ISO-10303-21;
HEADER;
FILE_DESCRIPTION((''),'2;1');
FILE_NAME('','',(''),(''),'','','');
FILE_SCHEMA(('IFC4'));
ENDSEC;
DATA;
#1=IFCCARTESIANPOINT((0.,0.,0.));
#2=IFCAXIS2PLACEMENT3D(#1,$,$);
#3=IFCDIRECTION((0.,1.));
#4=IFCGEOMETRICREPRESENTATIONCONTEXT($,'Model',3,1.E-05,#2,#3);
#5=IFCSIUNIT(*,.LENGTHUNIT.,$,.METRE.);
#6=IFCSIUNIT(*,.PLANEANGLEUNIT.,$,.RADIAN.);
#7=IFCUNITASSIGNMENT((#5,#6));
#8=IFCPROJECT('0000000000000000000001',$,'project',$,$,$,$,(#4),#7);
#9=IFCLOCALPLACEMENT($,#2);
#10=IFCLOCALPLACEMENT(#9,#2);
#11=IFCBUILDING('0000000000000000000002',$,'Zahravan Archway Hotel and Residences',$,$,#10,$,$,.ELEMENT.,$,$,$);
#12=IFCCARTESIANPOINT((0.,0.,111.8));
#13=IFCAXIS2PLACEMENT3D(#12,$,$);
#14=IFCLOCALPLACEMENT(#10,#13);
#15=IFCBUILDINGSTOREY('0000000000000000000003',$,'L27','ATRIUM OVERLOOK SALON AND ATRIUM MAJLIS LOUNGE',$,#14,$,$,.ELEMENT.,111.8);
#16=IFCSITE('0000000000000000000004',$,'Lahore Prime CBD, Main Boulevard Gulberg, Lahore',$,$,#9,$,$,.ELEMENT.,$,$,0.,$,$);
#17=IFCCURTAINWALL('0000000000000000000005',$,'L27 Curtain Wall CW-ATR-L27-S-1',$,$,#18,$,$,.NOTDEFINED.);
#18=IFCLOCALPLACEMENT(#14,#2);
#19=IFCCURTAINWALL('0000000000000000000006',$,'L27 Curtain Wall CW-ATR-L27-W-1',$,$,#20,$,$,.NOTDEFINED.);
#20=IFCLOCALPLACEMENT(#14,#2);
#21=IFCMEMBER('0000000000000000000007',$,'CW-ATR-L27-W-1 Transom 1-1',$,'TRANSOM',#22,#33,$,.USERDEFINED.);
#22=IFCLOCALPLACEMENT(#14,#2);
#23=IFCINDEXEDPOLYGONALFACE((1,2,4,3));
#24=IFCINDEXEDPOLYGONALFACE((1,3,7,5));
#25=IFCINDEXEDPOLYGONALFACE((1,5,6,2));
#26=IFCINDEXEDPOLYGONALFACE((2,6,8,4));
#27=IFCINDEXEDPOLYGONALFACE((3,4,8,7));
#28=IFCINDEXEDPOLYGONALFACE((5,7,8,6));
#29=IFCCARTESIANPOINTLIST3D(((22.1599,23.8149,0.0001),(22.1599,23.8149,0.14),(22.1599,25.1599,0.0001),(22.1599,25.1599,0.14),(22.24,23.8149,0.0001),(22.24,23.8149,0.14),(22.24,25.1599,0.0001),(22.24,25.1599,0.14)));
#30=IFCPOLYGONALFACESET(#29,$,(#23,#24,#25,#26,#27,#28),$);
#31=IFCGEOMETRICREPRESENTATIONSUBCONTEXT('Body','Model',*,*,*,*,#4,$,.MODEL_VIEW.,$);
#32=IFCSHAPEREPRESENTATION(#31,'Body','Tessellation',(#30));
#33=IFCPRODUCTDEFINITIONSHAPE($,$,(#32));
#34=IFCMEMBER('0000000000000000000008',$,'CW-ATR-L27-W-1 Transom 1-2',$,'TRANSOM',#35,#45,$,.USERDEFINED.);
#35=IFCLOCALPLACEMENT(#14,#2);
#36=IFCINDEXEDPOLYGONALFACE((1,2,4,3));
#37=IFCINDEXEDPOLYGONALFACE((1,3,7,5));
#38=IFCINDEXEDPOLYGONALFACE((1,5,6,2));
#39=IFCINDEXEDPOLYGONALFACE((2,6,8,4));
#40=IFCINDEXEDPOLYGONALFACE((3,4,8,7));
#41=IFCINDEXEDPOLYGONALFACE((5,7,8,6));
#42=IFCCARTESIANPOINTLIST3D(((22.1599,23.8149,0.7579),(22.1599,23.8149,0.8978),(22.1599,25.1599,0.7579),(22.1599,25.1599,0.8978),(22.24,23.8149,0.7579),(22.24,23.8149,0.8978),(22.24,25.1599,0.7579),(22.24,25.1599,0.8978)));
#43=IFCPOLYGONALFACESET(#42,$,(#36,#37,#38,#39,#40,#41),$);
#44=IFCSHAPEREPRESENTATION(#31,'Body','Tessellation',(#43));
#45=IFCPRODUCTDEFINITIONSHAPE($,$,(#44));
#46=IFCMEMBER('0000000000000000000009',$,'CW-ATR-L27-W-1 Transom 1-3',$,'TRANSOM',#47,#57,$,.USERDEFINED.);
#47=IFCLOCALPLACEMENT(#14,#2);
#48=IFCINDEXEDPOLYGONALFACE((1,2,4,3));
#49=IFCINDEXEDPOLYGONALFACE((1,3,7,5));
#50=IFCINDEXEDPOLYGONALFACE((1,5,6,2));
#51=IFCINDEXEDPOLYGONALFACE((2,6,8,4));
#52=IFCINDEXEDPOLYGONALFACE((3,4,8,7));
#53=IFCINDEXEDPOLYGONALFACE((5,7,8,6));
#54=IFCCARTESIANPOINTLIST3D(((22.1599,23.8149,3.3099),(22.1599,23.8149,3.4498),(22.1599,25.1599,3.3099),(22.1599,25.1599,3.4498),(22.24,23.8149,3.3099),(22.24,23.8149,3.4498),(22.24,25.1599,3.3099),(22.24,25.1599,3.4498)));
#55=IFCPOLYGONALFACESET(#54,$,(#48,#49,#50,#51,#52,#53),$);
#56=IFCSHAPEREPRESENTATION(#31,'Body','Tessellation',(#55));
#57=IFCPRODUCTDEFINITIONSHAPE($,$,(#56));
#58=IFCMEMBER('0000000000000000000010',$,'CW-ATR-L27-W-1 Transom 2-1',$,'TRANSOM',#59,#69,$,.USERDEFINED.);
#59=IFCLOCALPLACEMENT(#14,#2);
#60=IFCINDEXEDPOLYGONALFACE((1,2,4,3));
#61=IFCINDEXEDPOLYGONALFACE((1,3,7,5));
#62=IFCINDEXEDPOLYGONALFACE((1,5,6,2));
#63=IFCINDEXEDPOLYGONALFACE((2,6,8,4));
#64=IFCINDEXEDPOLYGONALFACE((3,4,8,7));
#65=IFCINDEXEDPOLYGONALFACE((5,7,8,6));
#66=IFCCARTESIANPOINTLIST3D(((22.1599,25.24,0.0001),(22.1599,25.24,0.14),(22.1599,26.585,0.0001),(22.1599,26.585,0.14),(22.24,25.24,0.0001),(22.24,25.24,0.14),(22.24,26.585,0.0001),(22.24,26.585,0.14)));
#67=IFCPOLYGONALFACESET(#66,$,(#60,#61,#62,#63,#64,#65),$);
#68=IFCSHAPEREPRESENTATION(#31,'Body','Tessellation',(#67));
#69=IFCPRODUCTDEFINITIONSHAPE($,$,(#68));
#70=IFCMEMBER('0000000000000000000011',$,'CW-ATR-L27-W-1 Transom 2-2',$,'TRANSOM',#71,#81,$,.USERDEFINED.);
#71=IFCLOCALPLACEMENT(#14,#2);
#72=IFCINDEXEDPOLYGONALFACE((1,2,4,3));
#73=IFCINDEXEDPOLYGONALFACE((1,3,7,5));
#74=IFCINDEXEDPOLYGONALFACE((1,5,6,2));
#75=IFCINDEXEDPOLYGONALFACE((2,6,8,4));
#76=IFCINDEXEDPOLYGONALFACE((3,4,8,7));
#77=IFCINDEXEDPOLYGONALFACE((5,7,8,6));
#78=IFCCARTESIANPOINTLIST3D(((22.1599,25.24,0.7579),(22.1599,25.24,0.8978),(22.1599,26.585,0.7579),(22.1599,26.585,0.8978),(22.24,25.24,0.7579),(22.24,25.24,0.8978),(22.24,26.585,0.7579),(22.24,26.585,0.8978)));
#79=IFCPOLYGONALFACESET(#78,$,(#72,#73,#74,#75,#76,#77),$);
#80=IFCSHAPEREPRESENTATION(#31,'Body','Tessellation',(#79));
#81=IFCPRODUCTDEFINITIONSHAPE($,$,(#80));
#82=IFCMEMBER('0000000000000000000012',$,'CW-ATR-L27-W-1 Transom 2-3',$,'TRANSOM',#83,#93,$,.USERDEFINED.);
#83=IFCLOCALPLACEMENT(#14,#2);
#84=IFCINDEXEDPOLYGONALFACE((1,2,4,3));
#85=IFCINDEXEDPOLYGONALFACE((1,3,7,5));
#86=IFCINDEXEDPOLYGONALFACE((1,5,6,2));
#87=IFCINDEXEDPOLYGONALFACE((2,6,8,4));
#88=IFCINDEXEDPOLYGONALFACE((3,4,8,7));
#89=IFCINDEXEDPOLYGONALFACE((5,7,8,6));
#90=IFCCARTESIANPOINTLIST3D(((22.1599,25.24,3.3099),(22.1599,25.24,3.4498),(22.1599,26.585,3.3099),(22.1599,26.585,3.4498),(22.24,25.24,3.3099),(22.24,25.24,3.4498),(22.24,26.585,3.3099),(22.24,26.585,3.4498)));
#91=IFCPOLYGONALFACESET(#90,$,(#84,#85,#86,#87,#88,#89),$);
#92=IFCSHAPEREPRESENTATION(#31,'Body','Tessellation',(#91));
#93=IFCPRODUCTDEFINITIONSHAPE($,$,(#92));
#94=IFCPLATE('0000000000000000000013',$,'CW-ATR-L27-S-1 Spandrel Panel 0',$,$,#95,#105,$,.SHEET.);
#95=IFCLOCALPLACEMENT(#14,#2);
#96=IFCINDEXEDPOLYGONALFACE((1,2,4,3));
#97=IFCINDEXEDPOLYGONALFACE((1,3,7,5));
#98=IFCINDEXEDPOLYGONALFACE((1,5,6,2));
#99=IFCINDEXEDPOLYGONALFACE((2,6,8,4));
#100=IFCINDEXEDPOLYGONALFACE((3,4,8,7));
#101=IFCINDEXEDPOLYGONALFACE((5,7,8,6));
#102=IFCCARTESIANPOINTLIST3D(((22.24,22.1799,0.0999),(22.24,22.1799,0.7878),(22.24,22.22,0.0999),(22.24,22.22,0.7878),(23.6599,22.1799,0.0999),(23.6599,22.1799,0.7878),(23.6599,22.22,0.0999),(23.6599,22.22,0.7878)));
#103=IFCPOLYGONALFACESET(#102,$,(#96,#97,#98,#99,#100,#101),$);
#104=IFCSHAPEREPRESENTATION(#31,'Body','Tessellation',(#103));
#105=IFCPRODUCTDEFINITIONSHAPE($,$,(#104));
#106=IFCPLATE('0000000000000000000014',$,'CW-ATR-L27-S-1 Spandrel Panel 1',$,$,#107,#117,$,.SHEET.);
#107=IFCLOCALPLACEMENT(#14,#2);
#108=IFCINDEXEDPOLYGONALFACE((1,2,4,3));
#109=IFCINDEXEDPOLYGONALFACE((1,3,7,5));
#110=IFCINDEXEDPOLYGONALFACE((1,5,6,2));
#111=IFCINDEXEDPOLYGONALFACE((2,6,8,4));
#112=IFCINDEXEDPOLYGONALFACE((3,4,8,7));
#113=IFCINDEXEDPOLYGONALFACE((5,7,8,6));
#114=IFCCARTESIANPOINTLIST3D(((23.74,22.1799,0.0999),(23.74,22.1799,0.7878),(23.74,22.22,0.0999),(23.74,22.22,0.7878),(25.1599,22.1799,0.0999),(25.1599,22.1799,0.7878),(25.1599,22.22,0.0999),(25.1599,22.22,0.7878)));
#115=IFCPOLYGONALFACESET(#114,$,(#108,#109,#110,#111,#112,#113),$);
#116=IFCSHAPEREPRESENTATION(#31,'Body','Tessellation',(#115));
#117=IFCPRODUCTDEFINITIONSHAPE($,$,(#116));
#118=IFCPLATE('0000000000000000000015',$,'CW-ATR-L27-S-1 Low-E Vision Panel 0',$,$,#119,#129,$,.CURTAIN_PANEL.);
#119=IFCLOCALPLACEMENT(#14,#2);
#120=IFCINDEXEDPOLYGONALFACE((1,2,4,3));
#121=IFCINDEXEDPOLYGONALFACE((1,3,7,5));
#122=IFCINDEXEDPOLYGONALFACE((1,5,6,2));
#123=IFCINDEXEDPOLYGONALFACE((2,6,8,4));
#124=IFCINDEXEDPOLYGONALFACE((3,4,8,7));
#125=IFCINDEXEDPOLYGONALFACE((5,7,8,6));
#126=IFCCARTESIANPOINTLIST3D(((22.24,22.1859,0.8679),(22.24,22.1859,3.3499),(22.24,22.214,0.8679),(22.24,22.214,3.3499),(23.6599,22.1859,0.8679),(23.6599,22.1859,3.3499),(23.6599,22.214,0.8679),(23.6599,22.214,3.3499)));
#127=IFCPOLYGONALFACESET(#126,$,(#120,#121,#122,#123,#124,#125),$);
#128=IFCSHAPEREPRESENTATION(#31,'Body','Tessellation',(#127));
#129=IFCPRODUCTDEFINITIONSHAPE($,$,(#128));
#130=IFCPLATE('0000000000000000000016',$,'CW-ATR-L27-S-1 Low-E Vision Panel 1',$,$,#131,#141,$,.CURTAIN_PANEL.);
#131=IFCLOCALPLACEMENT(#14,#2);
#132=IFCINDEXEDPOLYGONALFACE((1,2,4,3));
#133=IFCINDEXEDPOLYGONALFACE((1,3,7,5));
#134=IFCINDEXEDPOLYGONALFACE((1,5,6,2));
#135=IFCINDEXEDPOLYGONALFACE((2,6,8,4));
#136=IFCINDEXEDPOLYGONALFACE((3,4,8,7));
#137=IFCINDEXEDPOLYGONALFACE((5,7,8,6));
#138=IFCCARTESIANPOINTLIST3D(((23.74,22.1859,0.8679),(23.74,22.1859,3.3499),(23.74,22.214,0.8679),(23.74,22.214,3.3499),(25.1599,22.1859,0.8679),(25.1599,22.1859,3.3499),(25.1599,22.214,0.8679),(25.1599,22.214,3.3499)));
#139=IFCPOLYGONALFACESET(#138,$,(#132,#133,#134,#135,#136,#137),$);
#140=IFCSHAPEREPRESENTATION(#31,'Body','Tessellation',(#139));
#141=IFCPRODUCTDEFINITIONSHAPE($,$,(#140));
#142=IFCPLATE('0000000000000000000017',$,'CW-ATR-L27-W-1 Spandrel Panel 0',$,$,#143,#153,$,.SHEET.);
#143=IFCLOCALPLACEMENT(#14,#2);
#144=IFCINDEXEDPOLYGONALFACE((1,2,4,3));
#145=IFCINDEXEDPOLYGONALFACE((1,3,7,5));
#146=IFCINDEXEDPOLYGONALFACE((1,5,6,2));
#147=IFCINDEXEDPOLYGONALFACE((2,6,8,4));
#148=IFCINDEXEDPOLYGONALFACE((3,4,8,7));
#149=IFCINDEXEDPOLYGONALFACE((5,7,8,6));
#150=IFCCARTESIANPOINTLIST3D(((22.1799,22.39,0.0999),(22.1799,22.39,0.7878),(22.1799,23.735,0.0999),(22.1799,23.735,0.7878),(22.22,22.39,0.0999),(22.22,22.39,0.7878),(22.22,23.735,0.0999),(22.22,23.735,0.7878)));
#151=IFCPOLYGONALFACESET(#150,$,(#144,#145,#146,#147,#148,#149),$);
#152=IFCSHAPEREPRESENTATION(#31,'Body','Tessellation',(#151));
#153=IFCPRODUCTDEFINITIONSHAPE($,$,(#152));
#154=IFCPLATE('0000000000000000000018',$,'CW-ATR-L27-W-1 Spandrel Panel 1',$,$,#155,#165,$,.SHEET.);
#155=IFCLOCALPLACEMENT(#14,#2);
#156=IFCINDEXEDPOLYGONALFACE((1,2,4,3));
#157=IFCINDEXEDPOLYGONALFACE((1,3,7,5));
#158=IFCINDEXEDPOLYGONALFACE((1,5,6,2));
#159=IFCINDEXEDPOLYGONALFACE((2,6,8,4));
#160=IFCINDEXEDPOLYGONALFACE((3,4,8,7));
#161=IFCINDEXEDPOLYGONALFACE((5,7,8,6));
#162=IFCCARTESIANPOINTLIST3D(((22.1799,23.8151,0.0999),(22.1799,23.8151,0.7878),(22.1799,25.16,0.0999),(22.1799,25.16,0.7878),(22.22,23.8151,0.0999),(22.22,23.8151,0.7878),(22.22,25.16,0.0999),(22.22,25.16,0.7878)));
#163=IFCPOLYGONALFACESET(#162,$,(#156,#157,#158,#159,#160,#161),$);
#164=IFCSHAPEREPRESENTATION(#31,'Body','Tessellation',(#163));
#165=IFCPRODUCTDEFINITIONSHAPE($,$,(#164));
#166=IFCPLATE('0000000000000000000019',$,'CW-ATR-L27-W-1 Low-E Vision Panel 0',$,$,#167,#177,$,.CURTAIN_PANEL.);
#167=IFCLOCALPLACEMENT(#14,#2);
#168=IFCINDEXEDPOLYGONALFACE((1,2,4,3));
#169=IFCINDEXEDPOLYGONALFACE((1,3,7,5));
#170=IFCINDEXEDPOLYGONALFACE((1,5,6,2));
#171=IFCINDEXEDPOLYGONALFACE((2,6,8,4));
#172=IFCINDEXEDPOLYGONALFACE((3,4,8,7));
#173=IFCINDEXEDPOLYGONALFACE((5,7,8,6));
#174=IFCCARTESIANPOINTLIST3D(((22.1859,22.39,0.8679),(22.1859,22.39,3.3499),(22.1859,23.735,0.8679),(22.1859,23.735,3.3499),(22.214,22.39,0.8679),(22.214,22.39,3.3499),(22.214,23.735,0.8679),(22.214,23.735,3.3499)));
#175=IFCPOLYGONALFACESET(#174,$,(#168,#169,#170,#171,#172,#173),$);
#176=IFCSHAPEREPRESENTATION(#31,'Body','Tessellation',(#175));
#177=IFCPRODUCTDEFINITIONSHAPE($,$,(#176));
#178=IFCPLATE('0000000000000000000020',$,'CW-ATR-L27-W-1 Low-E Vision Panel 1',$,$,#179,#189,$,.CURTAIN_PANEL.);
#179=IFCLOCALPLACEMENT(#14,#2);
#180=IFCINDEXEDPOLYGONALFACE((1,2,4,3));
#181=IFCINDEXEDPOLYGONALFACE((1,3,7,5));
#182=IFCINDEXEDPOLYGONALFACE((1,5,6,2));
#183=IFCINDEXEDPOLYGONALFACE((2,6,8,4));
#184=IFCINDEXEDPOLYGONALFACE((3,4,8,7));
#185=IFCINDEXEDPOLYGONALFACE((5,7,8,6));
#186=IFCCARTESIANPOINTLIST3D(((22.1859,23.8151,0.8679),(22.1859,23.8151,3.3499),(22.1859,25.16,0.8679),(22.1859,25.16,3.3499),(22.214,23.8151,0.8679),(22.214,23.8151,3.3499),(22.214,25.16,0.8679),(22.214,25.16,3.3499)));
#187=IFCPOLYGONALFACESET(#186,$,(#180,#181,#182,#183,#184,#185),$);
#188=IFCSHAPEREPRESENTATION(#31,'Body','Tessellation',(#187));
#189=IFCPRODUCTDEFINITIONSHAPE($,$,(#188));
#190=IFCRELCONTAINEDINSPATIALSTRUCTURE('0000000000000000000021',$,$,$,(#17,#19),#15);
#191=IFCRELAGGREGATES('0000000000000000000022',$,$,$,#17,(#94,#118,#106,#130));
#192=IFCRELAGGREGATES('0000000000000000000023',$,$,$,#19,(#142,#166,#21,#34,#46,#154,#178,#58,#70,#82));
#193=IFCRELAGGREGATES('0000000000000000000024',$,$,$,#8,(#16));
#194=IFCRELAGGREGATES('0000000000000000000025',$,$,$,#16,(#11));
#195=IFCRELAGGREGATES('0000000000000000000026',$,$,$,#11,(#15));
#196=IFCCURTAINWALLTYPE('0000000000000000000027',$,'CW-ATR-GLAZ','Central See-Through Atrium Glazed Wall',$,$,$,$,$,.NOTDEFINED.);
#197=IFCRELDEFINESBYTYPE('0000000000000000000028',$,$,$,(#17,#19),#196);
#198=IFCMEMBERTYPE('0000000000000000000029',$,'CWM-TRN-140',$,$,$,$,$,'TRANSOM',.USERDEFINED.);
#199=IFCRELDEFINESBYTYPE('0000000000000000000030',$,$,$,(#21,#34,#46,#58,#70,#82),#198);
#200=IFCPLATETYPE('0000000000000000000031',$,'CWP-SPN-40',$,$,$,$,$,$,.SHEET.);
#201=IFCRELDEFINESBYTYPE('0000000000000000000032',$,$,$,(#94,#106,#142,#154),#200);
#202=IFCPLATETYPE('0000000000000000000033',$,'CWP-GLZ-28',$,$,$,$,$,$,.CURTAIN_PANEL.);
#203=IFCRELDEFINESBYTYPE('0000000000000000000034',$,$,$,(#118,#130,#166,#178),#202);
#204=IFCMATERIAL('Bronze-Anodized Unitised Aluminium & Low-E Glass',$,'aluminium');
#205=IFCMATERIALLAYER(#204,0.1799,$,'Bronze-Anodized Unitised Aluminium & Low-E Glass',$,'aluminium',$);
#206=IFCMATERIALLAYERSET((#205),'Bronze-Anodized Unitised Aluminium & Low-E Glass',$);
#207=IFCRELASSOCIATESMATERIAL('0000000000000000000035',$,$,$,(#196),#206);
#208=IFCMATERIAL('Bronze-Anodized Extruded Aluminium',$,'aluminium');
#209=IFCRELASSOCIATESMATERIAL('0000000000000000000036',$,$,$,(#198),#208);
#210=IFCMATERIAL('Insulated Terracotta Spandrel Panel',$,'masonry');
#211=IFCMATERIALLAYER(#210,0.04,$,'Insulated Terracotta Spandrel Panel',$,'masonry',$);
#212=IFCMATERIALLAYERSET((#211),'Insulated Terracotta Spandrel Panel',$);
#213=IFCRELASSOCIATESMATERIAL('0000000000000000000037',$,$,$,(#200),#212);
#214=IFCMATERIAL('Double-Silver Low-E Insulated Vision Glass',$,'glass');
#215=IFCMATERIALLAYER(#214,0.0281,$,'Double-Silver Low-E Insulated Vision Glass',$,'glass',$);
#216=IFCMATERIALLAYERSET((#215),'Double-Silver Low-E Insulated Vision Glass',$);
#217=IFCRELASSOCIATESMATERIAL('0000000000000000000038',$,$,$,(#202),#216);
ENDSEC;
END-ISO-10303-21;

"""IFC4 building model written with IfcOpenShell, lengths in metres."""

from ifc_helpers import new_model, si_unit, direction, frame, origin, origin_2d, place, context, subcontext, project, spatial, rectangle, extrude, source, transform, mapped, material, layer, layer_set, material_profile, profile_set, type_object, element, aggregate, save


model = new_model("IFC4")

# Units and contexts
model_context = context("Model", 3, precision=1e-05, world=origin(), true_north=direction((0.0, 1.0)))
body_context = subcontext(model_context, "Body", "Model", "MODEL_VIEW")
ifc_project = project(units=[si_unit("LENGTHUNIT", "METRE"), si_unit("PLANEANGLEUNIT", "RADIAN")], contexts=[model_context])

# Site, building, storey
site_placement = place(None, origin())
site = spatial("IfcSite", under=ifc_project, at=site_placement, Name="Lahore Prime CBD, Main Boulevard Gulberg, Lahore", CompositionType="ELEMENT", RefElevation=0.0)
building_placement = place(site_placement, origin())
building = spatial("IfcBuilding", under=site, at=building_placement, Name="Zahravan Archway Hotel and Residences", CompositionType="ELEMENT")
storey_placement = place(building_placement, frame((0.0, 0.0, 111.8)))
storey = spatial("IfcBuildingStorey", under=building, at=storey_placement, Name="L27", Description="ATRIUM OVERLOOK SALON AND ATRIUM MAJLIS LOUNGE", CompositionType="ELEMENT", Elevation=111.8)

# Curtain walls
ifc_material_1 = material(Name="Bronze-Anodized Unitised Aluminium & Low-E Glass", Category="aluminium")
ifc_layer_1 = layer(ifc_material_1, 0.1799, Name="Bronze-Anodized Unitised Aluminium & Low-E Glass", Category="aluminium")
ifc_layer_set_1 = layer_set([ifc_layer_1], Name="Bronze-Anodized Unitised Aluminium & Low-E Glass")
curtain_wall_type = type_object("IfcCurtainWallType", Name="CW-ATR-GLAZ", Description="Central See-Through Atrium Glazed Wall", PredefinedType="NOTDEFINED", material=ifc_layer_set_1)
curtain_wall_1_placement = place(storey_placement, origin())
curtain_wall_1 = element("IfcCurtainWall", 1, at=curtain_wall_1_placement, inside=storey, type_object=curtain_wall_type, Name="L27 Curtain Wall CW-ATR-L27-S-1", PredefinedType="NOTDEFINED")
ifc_material_2 = material(Name="Bronze-Anodized Extruded Aluminium", Category="aluminium")
curtain_wall_2_placement = place(storey_placement, origin())
curtain_wall_2 = element("IfcCurtainWall", 2, at=curtain_wall_2_placement, inside=storey, type_object=curtain_wall_type, Name="L27 Curtain Wall CW-ATR-L27-W-1", PredefinedType="NOTDEFINED")

# Members
ifc_material_profile_1 = material_profile(ifc_material_2, rectangle(XDim=0.0801, YDim=0.1399, at=origin_2d()), Name="TRN 80x140", Category="aluminium")
ifc_profile_set_1 = profile_set([ifc_material_profile_1], Name="Bronze-Anodized Extruded Aluminium")
member_type_1 = type_object("IfcMemberType", Name="CWM-TRN-140", ElementType="TRANSOM", PredefinedType="USERDEFINED", material=ifc_profile_set_1)
shared_shape_1 = source(origin(), body_context, "Body", "SweptSolid", [
    extrude(rectangle(XDim=0.0801, YDim=0.1399, at=origin_2d()), origin(), (0.0, 0.0, 1.0), 1.345),
])
member_1_placement = place(storey_placement, frame((22.2, 23.8149, 0.0701), z_axis=(0.0, 1.0, 0.0), x_axis=(-1.0, 0.0, 0.0)))
member_1 = element("IfcMember", 3, at=member_1_placement, type_object=member_type_1, Name="CW-ATR-L27-W-1 Transom 1-1", ObjectType="TRANSOM", PredefinedType="USERDEFINED", context=body_context, shape_type="MappedRepresentation", body=[
    mapped(shared_shape_1, transform((0.0, 0.0, 0.0), scale=1.0)),
])
member_2_placement = place(storey_placement, frame((22.2, 23.8149, 0.8279), z_axis=(0.0, 1.0, 0.0), x_axis=(-1.0, 0.0, 0.0)))
member_2 = element("IfcMember", 4, at=member_2_placement, type_object=member_type_1, Name="CW-ATR-L27-W-1 Transom 1-2", ObjectType="TRANSOM", PredefinedType="USERDEFINED", context=body_context, shape_type="MappedRepresentation", body=[
    mapped(shared_shape_1, transform((0.0, 0.0, 0.0), scale=1.0)),
])
member_3_placement = place(storey_placement, frame((22.2, 23.8149, 3.3799), z_axis=(0.0, 1.0, 0.0), x_axis=(-1.0, 0.0, 0.0)))
member_3 = element("IfcMember", 5, at=member_3_placement, type_object=member_type_1, Name="CW-ATR-L27-W-1 Transom 1-3", ObjectType="TRANSOM", PredefinedType="USERDEFINED", context=body_context, shape_type="MappedRepresentation", body=[
    mapped(shared_shape_1, transform((0.0, 0.0, 0.0), scale=1.0)),
])
member_4_placement = place(storey_placement, frame((22.2, 25.24, 0.0701), z_axis=(0.0, 1.0, 0.0), x_axis=(-1.0, 0.0, 0.0)))
member_4 = element("IfcMember", 6, at=member_4_placement, type_object=member_type_1, Name="CW-ATR-L27-W-1 Transom 2-1", ObjectType="TRANSOM", PredefinedType="USERDEFINED", context=body_context, shape_type="MappedRepresentation", body=[
    mapped(shared_shape_1, transform((0.0, 0.0, 0.0), scale=1.0)),
])
member_5_placement = place(storey_placement, frame((22.2, 25.24, 0.8279), z_axis=(0.0, 1.0, 0.0), x_axis=(-1.0, 0.0, 0.0)))
member_5 = element("IfcMember", 7, at=member_5_placement, type_object=member_type_1, Name="CW-ATR-L27-W-1 Transom 2-2", ObjectType="TRANSOM", PredefinedType="USERDEFINED", context=body_context, shape_type="MappedRepresentation", body=[
    mapped(shared_shape_1, transform((0.0, 0.0, 0.0), scale=1.0)),
])
member_6_placement = place(storey_placement, frame((22.2, 25.24, 3.3799), z_axis=(0.0, 1.0, 0.0), x_axis=(-1.0, 0.0, 0.0)))
member_6 = element("IfcMember", 8, at=member_6_placement, type_object=member_type_1, Name="CW-ATR-L27-W-1 Transom 2-3", ObjectType="TRANSOM", PredefinedType="USERDEFINED", context=body_context, shape_type="MappedRepresentation", body=[
    mapped(shared_shape_1, transform((0.0, 0.0, 0.0), scale=1.0)),
])

# Plates
ifc_material_3 = material(Name="Insulated Terracotta Spandrel Panel", Category="masonry")
ifc_layer_2 = layer(ifc_material_3, 0.04, Name="Insulated Terracotta Spandrel Panel", Category="masonry")
ifc_layer_set_2 = layer_set([ifc_layer_2], Name="Insulated Terracotta Spandrel Panel")
plate_type_1 = type_object("IfcPlateType", Name="CWP-SPN-40", PredefinedType="SHEET", material=ifc_layer_set_2)
shared_shape_2 = source(origin(), body_context, "Body", "SweptSolid", [
    extrude(rectangle(XDim=1.4199, YDim=0.04, at=origin_2d()), origin(), (0.0, 0.0, 1.0), 0.688),
])
plate_1_placement = place(storey_placement, frame((22.95, 22.2, 0.0999), z_axis=(0.0, 0.0, 1.0), x_axis=(1.0, 0.0, 0.0)))
plate_1 = element("IfcPlate", 9, at=plate_1_placement, type_object=plate_type_1, Name="CW-ATR-L27-S-1 Spandrel Panel 0", PredefinedType="SHEET", context=body_context, shape_type="MappedRepresentation", body=[
    mapped(shared_shape_2, transform((0.0, 0.0, 0.0), scale=1.0)),
])
plate_2_placement = place(storey_placement, frame((24.45, 22.2, 0.0999), z_axis=(0.0, 0.0, 1.0), x_axis=(1.0, 0.0, 0.0)))
plate_2 = element("IfcPlate", 10, at=plate_2_placement, type_object=plate_type_1, Name="CW-ATR-L27-S-1 Spandrel Panel 1", PredefinedType="SHEET", context=body_context, shape_type="MappedRepresentation", body=[
    mapped(shared_shape_2, transform((0.0, 0.0, 0.0), scale=1.0)),
])
ifc_material_4 = material(Name="Double-Silver Low-E Insulated Vision Glass", Category="glass")
ifc_layer_3 = layer(ifc_material_4, 0.0281, Name="Double-Silver Low-E Insulated Vision Glass", Category="glass")
ifc_layer_set_3 = layer_set([ifc_layer_3], Name="Double-Silver Low-E Insulated Vision Glass")
plate_type_2 = type_object("IfcPlateType", Name="CWP-GLZ-28", PredefinedType="CURTAIN_PANEL", material=ifc_layer_set_3)
shared_shape_3 = source(origin(), body_context, "Body", "SweptSolid", [
    extrude(rectangle(XDim=1.4199, YDim=0.0281, at=origin_2d()), origin(), (0.0, 0.0, 1.0), 2.4819),
])
plate_3_placement = place(storey_placement, frame((22.95, 22.2, 0.8679), z_axis=(0.0, 0.0, 1.0), x_axis=(1.0, 0.0, 0.0)))
plate_3 = element("IfcPlate", 11, at=plate_3_placement, type_object=plate_type_2, Name="CW-ATR-L27-S-1 Low-E Vision Panel 0", PredefinedType="CURTAIN_PANEL", context=body_context, shape_type="MappedRepresentation", body=[
    mapped(shared_shape_3, transform((0.0, 0.0, 0.0), scale=1.0)),
])
plate_4_placement = place(storey_placement, frame((24.45, 22.2, 0.8679), z_axis=(0.0, 0.0, 1.0), x_axis=(1.0, 0.0, 0.0)))
plate_4 = element("IfcPlate", 12, at=plate_4_placement, type_object=plate_type_2, Name="CW-ATR-L27-S-1 Low-E Vision Panel 1", PredefinedType="CURTAIN_PANEL", context=body_context, shape_type="MappedRepresentation", body=[
    mapped(shared_shape_3, transform((0.0, 0.0, 0.0), scale=1.0)),
])
aggregate(curtain_wall_1, [plate_1, plate_3, plate_2, plate_4])
shared_shape_4 = source(origin(), body_context, "Body", "SweptSolid", [
    extrude(rectangle(XDim=1.345, YDim=0.04, at=origin_2d()), origin(), (0.0, 0.0, 1.0), 0.688),
])
plate_5_placement = place(storey_placement, frame((22.2, 23.0625, 0.0999), z_axis=(0.0, 0.0, 1.0), x_axis=(0.0, 1.0, 0.0)))
plate_5 = element("IfcPlate", 13, at=plate_5_placement, type_object=plate_type_1, Name="CW-ATR-L27-W-1 Spandrel Panel 0", PredefinedType="SHEET", context=body_context, shape_type="MappedRepresentation", body=[
    mapped(shared_shape_4, transform((0.0, 0.0, 0.0), scale=1.0)),
])
plate_6_placement = place(storey_placement, frame((22.2, 24.4875, 0.0999), z_axis=(0.0, 0.0, 1.0), x_axis=(0.0, 1.0, 0.0)))
plate_6 = element("IfcPlate", 14, at=plate_6_placement, type_object=plate_type_1, Name="CW-ATR-L27-W-1 Spandrel Panel 1", PredefinedType="SHEET", context=body_context, shape_type="MappedRepresentation", body=[
    mapped(shared_shape_4, transform((0.0, 0.0, 0.0), scale=1.0)),
])
shared_shape_5 = source(origin(), body_context, "Body", "SweptSolid", [
    extrude(rectangle(XDim=1.345, YDim=0.0281, at=origin_2d()), origin(), (0.0, 0.0, 1.0), 2.4819),
])
plate_7_placement = place(storey_placement, frame((22.2, 23.0625, 0.8679), z_axis=(0.0, 0.0, 1.0), x_axis=(0.0, 1.0, 0.0)))
plate_7 = element("IfcPlate", 15, at=plate_7_placement, type_object=plate_type_2, Name="CW-ATR-L27-W-1 Low-E Vision Panel 0", PredefinedType="CURTAIN_PANEL", context=body_context, shape_type="MappedRepresentation", body=[
    mapped(shared_shape_5, transform((0.0, 0.0, 0.0), scale=1.0)),
])
plate_8_placement = place(storey_placement, frame((22.2, 24.4875, 0.8679), z_axis=(0.0, 0.0, 1.0), x_axis=(0.0, 1.0, 0.0)))
plate_8 = element("IfcPlate", 16, at=plate_8_placement, type_object=plate_type_2, Name="CW-ATR-L27-W-1 Low-E Vision Panel 1", PredefinedType="CURTAIN_PANEL", context=body_context, shape_type="MappedRepresentation", body=[
    mapped(shared_shape_5, transform((0.0, 0.0, 0.0), scale=1.0)),
])
aggregate(curtain_wall_2, [plate_5, plate_7, member_1, member_2, member_3, plate_6, plate_8, member_4, member_5, member_6])

save(model, "model.ifc")
